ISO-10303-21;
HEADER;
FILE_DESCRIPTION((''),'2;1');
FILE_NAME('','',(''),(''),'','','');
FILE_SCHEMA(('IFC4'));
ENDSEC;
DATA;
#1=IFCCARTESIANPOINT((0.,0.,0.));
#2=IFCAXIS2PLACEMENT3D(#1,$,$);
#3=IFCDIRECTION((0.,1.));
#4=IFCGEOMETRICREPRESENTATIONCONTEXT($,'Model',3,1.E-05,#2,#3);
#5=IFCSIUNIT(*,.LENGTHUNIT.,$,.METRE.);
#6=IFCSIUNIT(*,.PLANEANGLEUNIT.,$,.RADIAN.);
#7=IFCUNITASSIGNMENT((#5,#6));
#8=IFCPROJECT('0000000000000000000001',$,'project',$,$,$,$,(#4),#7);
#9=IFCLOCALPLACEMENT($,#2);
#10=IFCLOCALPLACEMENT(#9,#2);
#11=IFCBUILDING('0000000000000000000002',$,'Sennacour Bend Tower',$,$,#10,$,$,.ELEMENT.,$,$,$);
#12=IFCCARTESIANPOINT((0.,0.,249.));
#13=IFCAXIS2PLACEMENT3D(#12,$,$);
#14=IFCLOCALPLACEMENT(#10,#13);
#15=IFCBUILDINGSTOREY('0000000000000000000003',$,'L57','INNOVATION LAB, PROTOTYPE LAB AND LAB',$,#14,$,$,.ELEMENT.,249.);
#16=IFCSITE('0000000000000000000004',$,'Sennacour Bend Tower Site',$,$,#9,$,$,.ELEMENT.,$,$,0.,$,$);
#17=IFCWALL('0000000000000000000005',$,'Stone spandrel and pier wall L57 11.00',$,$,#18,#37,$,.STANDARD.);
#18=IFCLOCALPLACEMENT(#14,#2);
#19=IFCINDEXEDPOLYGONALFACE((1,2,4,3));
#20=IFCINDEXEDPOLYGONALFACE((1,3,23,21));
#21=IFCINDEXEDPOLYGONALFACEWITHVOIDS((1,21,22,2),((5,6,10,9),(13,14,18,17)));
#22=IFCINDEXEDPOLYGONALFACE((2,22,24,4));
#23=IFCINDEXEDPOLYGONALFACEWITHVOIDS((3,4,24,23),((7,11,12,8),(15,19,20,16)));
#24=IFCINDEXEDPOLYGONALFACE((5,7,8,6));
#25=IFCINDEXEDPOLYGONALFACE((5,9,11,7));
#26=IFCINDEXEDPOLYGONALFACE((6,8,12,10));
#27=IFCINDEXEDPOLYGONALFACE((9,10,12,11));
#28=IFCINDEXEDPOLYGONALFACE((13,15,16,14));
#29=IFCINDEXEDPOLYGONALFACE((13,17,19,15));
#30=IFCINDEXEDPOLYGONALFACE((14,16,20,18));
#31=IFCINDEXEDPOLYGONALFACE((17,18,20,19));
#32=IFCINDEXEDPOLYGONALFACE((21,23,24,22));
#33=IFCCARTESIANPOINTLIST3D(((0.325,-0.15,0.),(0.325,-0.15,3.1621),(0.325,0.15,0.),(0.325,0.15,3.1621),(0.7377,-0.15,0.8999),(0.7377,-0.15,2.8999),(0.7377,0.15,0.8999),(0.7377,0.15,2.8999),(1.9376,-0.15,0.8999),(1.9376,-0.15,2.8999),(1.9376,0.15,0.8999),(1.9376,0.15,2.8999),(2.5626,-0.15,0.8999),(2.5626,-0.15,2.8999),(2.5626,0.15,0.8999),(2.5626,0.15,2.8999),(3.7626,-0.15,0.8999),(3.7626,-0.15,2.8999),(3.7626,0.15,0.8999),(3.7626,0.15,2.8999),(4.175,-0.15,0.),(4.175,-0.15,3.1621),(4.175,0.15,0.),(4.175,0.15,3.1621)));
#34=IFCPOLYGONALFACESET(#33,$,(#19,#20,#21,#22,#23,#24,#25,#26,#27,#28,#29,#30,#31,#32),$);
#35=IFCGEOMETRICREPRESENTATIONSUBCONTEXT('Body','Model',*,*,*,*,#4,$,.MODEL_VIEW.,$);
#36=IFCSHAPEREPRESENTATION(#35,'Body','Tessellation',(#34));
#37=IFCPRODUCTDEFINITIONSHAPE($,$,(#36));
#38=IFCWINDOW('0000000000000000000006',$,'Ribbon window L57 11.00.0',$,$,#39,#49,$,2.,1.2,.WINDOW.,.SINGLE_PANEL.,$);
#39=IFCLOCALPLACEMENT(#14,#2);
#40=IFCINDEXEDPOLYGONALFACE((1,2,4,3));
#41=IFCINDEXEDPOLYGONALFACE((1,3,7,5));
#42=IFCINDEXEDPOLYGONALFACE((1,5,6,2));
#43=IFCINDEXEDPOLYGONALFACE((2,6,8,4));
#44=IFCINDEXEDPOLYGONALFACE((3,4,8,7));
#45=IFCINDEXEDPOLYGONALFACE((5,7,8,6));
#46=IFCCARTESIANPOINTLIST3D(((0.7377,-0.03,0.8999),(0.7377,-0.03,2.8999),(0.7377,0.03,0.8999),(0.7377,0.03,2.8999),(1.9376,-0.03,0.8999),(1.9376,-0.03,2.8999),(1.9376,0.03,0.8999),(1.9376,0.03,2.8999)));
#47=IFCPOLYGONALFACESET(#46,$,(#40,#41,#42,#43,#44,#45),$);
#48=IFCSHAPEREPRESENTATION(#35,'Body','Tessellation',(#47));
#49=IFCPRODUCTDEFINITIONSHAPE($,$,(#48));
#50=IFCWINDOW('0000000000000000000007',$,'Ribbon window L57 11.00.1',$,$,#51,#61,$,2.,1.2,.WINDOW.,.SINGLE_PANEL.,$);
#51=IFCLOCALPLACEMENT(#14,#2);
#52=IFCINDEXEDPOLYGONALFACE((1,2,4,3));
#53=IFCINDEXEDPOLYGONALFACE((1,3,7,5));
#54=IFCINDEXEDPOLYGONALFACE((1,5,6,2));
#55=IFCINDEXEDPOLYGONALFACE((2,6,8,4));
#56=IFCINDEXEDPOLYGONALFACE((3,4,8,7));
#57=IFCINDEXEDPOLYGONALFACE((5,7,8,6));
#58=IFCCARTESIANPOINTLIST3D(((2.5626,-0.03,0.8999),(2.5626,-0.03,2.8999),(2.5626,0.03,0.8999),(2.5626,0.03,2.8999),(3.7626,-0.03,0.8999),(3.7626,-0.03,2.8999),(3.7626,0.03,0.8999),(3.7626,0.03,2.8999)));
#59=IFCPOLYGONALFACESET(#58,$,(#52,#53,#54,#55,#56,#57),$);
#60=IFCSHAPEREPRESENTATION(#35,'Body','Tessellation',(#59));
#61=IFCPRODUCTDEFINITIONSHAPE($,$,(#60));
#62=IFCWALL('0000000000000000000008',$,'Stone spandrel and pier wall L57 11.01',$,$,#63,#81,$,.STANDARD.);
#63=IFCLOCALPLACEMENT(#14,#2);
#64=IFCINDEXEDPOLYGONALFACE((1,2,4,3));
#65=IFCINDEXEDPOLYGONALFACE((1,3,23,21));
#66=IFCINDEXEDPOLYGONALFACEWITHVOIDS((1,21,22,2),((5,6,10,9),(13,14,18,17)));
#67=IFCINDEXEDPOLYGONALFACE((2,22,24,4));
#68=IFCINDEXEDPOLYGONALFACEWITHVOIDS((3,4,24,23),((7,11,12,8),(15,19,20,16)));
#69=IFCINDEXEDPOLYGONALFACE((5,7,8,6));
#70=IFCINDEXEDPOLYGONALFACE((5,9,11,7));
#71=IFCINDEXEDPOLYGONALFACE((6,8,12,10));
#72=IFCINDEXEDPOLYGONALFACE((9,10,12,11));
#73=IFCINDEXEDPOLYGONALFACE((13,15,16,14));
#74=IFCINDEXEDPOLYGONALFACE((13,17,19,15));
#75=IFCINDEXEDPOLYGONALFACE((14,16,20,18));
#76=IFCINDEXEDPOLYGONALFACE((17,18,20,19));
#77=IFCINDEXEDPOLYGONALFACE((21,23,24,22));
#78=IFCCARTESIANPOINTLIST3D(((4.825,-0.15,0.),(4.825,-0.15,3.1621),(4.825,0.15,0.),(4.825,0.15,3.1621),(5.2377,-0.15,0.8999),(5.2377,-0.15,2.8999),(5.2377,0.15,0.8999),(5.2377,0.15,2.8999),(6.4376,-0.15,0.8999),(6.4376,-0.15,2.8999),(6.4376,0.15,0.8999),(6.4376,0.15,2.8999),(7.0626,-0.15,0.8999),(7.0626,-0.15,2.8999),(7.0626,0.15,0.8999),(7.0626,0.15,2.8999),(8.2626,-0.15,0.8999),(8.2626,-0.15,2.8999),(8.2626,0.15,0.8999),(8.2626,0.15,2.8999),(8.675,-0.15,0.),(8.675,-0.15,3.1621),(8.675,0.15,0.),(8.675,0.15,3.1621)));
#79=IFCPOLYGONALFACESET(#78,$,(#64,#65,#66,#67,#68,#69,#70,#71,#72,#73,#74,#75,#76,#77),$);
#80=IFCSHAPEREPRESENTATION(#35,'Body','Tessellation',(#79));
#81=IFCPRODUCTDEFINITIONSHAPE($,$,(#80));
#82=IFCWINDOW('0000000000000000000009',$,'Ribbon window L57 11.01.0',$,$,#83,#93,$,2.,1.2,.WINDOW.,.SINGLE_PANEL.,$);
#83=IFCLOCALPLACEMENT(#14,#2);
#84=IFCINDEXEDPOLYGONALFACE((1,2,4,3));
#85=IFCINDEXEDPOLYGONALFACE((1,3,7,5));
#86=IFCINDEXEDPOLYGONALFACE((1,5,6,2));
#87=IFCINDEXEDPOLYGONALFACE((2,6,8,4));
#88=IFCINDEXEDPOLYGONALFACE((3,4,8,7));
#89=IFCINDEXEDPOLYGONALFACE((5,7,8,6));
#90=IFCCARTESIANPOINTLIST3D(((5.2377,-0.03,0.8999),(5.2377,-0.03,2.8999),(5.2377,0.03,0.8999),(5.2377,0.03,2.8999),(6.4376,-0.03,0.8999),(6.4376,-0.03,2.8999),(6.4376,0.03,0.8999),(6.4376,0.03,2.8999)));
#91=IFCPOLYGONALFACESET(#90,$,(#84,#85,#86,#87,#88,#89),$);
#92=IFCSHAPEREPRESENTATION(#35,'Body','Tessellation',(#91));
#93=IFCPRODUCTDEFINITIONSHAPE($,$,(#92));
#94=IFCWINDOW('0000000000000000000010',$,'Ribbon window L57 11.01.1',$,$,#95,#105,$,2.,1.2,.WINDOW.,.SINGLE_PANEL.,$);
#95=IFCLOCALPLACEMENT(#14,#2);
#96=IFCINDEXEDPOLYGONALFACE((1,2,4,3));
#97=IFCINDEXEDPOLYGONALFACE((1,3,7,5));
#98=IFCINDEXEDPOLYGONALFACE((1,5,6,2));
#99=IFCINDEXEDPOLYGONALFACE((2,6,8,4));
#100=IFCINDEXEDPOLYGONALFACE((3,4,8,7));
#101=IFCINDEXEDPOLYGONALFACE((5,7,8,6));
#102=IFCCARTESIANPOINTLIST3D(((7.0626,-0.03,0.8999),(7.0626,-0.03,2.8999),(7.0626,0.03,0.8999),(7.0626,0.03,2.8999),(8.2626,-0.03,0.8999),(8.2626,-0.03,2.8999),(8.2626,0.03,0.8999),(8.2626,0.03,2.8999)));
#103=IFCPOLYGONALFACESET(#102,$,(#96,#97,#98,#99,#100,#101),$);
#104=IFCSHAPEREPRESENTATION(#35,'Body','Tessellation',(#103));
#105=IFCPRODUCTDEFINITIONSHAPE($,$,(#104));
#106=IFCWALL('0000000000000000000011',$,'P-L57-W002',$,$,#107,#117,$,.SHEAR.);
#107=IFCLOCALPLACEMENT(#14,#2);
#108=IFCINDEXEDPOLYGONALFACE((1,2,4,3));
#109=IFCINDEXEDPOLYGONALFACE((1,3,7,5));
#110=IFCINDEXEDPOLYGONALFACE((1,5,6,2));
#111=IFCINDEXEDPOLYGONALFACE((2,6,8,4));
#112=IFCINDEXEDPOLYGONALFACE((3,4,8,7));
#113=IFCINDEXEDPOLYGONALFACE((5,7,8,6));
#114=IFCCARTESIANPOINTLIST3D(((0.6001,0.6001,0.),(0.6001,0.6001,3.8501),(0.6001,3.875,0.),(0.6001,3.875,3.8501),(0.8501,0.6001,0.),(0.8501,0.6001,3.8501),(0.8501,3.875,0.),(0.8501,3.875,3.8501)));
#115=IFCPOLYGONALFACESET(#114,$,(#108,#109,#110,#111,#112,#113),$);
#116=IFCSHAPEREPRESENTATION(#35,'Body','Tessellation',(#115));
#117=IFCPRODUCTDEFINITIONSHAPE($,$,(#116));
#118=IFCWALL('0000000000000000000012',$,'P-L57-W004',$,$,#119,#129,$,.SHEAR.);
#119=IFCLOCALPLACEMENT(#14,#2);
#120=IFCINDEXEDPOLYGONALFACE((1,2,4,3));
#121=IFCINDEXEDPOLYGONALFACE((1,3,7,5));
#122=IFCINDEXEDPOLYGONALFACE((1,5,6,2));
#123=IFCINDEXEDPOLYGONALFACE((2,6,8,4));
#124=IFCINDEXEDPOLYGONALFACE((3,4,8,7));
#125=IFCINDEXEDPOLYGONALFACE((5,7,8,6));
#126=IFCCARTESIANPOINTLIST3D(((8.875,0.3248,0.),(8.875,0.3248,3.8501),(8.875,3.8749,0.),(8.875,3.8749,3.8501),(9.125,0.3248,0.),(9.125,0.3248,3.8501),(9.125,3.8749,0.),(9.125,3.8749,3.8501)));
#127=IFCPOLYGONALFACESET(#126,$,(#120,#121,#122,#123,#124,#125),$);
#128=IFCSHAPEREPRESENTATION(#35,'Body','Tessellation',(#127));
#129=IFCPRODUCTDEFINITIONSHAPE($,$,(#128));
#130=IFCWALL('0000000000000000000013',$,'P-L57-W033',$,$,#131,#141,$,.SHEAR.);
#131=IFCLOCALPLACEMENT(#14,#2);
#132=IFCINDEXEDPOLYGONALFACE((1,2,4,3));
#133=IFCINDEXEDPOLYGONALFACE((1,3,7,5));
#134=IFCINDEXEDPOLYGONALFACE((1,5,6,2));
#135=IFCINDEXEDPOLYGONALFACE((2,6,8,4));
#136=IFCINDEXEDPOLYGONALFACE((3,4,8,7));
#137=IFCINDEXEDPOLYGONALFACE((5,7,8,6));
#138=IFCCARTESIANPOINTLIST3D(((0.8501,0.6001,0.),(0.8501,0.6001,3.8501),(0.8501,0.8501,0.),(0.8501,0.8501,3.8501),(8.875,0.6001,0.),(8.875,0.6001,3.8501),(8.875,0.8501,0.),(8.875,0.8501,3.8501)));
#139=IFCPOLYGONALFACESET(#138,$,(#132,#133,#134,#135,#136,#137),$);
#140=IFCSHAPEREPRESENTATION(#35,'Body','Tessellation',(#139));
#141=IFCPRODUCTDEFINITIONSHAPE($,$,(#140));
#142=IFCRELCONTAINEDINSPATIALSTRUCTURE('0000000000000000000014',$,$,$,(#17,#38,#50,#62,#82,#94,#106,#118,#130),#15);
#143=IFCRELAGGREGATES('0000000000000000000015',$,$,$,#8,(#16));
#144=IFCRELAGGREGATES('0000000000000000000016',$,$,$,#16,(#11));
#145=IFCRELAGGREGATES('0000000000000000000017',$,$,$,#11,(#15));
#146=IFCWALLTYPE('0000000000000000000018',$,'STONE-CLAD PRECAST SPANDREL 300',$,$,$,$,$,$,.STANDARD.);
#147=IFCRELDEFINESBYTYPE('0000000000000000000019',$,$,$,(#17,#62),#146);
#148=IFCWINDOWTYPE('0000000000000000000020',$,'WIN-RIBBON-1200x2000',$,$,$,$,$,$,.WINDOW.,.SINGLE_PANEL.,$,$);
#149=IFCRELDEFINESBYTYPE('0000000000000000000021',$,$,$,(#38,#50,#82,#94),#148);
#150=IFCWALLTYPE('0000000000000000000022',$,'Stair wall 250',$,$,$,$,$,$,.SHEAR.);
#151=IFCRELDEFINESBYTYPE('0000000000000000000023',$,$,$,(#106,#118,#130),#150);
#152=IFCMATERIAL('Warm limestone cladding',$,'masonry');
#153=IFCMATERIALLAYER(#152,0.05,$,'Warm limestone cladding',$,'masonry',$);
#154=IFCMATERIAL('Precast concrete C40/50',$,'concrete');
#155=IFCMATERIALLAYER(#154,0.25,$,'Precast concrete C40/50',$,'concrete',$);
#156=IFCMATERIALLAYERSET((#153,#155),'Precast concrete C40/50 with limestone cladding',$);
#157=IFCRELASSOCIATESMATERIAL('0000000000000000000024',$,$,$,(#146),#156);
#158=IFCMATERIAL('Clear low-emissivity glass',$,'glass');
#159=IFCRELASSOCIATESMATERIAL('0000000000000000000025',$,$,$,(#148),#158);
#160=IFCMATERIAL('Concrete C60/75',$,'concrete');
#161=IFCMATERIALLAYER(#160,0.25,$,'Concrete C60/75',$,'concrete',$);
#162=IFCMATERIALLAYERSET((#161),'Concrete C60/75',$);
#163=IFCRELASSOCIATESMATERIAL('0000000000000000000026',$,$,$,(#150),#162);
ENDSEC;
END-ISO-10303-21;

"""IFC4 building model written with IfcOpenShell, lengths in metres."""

from ifc_helpers import new_model, si_unit, direction, frame, frame_2d, origin, place, context, subcontext, project, spatial, rectangle, extrude, material, layer, layer_set, type_object, element, fill, save


model = new_model("IFC4")

# Units and contexts
model_context = context("Model", 3, precision=1e-05, world=origin(), true_north=direction((0.0, 1.0)))
body_context = subcontext(model_context, "Body", "Model", "MODEL_VIEW")
ifc_project = project(units=[si_unit("LENGTHUNIT", "METRE"), si_unit("PLANEANGLEUNIT", "RADIAN")], contexts=[model_context])

# Site, building, storey
site_placement = place(None, origin())
site = spatial("IfcSite", under=ifc_project, at=site_placement, Name="Sennacour Bend Tower Site", CompositionType="ELEMENT", RefElevation=0.0)
building_placement = place(site_placement, origin())
building = spatial("IfcBuilding", under=site, at=building_placement, Name="Sennacour Bend Tower", CompositionType="ELEMENT")
storey_placement = place(building_placement, frame((0.0, 0.0, 249.0)))
storey = spatial("IfcBuildingStorey", under=building, at=storey_placement, Name="L57", Description="INNOVATION LAB, PROTOTYPE LAB AND LAB", CompositionType="ELEMENT", Elevation=249.0)

# Walls, openings, windows
ifc_material_1 = material(Name="Warm limestone cladding", Category="masonry")
ifc_layer_1 = layer(ifc_material_1, 0.05, Name="Warm limestone cladding", Category="masonry")
ifc_material_2 = material(Name="Precast concrete C40/50", Category="concrete")
ifc_layer_2 = layer(ifc_material_2, 0.25, Name="Precast concrete C40/50", Category="concrete")
ifc_layer_set_1 = layer_set([ifc_layer_1, ifc_layer_2], Name="Precast concrete C40/50 with limestone cladding")
wall_type_1 = type_object("IfcWallType", Name="STONE-CLAD PRECAST SPANDREL 300", PredefinedType="STANDARD", material=ifc_layer_set_1)
wall_1_placement = place(storey_placement, frame((0.325, 0.0, 0.0), z_axis=(0.0, 0.0, 1.0), x_axis=(1.0, 0.0, 0.0)))
wall_1 = element("IfcWall", 1, at=wall_1_placement, inside=storey, type_object=wall_type_1, Name="Stone spandrel and pier wall L57 11.00", PredefinedType="STANDARD", context=body_context, shape_type="SweptSolid", body=[
    extrude(rectangle(XDim=3.8501, YDim=0.3, at=frame_2d((1.925, 0.0))), origin(), (0.0, 0.0, 1.0), 3.1621),
])
opening_1_placement = place(wall_1_placement, frame((0.4126, 0.0, 0.8999)))
opening_1 = element("IfcOpeningElement", 2, at=opening_1_placement, cuts=wall_1, PredefinedType="OPENING", context=body_context, shape_type="SweptSolid", body=[
    extrude(rectangle(XDim=1.2, YDim=2.0, at=frame_2d((0.6001, 1.0))), frame((0.0, 0.1602, 0.0), z_axis=(0.0, -1.0, 0.0), x_axis=(1.0, 0.0, 0.0)), (0.0, 0.0, 1.0), 0.3201),
])
opening_2_placement = place(wall_1_placement, frame((2.2375, 0.0, 0.8999)))
opening_2 = element("IfcOpeningElement", 3, at=opening_2_placement, cuts=wall_1, PredefinedType="OPENING", context=body_context, shape_type="SweptSolid", body=[
    extrude(rectangle(XDim=1.2, YDim=2.0, at=frame_2d((0.6001, 1.0))), frame((0.0, 0.1602, 0.0), z_axis=(0.0, -1.0, 0.0), x_axis=(1.0, 0.0, 0.0)), (0.0, 0.0, 1.0), 0.3201),
])
ifc_material_3 = material(Name="Clear low-emissivity glass", Category="glass")
window_type = type_object("IfcWindowType", Name="WIN-RIBBON-1200x2000", PartitioningType="SINGLE_PANEL", PredefinedType="WINDOW", material=ifc_material_3)
window_1_placement = place(opening_1_placement, origin())
window_1 = element("IfcWindow", 4, at=window_1_placement, inside=storey, type_object=window_type, Name="Ribbon window L57 11.00.0", OverallHeight=2.0, OverallWidth=1.2, PartitioningType="SINGLE_PANEL", PredefinedType="WINDOW", context=body_context, shape_type="SweptSolid", body=[
    extrude(rectangle(XDim=1.2, YDim=2.0, at=frame_2d((0.6001, 1.0))), frame((0.0, 0.03, 0.0), z_axis=(0.0, -1.0, 0.0), x_axis=(1.0, 0.0, 0.0)), (0.0, 0.0, 1.0), 0.0601),
])
fill(opening_1, window_1)
window_2_placement = place(opening_2_placement, origin())
window_2 = element("IfcWindow", 5, at=window_2_placement, inside=storey, type_object=window_type, Name="Ribbon window L57 11.00.1", OverallHeight=2.0, OverallWidth=1.2, PartitioningType="SINGLE_PANEL", PredefinedType="WINDOW", context=body_context, shape_type="SweptSolid", body=[
    extrude(rectangle(XDim=1.2, YDim=2.0, at=frame_2d((0.6001, 1.0))), frame((0.0, 0.03, 0.0), z_axis=(0.0, -1.0, 0.0), x_axis=(1.0, 0.0, 0.0)), (0.0, 0.0, 1.0), 0.0601),
])
fill(opening_2, window_2)
wall_2_placement = place(storey_placement, frame((4.825, 0.0, 0.0), z_axis=(0.0, 0.0, 1.0), x_axis=(1.0, 0.0, 0.0)))
wall_2 = element("IfcWall", 6, at=wall_2_placement, inside=storey, type_object=wall_type_1, Name="Stone spandrel and pier wall L57 11.01", PredefinedType="STANDARD", context=body_context, shape_type="SweptSolid", body=[
    extrude(rectangle(XDim=3.8501, YDim=0.3, at=frame_2d((1.925, 0.0))), origin(), (0.0, 0.0, 1.0), 3.1621),
])
opening_3_placement = place(wall_2_placement, frame((0.4126, 0.0, 0.8999)))
opening_3 = element("IfcOpeningElement", 7, at=opening_3_placement, cuts=wall_2, PredefinedType="OPENING", context=body_context, shape_type="SweptSolid", body=[
    extrude(rectangle(XDim=1.2, YDim=2.0, at=frame_2d((0.6001, 1.0))), frame((0.0, 0.1602, 0.0), z_axis=(0.0, -1.0, 0.0), x_axis=(1.0, 0.0, 0.0)), (0.0, 0.0, 1.0), 0.3201),
])
opening_4_placement = place(wall_2_placement, frame((2.2375, 0.0, 0.8999)))
opening_4 = element("IfcOpeningElement", 8, at=opening_4_placement, cuts=wall_2, PredefinedType="OPENING", context=body_context, shape_type="SweptSolid", body=[
    extrude(rectangle(XDim=1.2, YDim=2.0, at=frame_2d((0.6001, 1.0))), frame((0.0, 0.1602, 0.0), z_axis=(0.0, -1.0, 0.0), x_axis=(1.0, 0.0, 0.0)), (0.0, 0.0, 1.0), 0.3201),
])
window_3_placement = place(opening_3_placement, origin())
window_3 = element("IfcWindow", 9, at=window_3_placement, inside=storey, type_object=window_type, Name="Ribbon window L57 11.01.0", OverallHeight=2.0, OverallWidth=1.2, PartitioningType="SINGLE_PANEL", PredefinedType="WINDOW", context=body_context, shape_type="SweptSolid", body=[
    extrude(rectangle(XDim=1.2, YDim=2.0, at=frame_2d((0.6001, 1.0))), frame((0.0, 0.03, 0.0), z_axis=(0.0, -1.0, 0.0), x_axis=(1.0, 0.0, 0.0)), (0.0, 0.0, 1.0), 0.0601),
])
fill(opening_3, window_3)
window_4_placement = place(opening_4_placement, origin())
window_4 = element("IfcWindow", 10, at=window_4_placement, inside=storey, type_object=window_type, Name="Ribbon window L57 11.01.1", OverallHeight=2.0, OverallWidth=1.2, PartitioningType="SINGLE_PANEL", PredefinedType="WINDOW", context=body_context, shape_type="SweptSolid", body=[
    extrude(rectangle(XDim=1.2, YDim=2.0, at=frame_2d((0.6001, 1.0))), frame((0.0, 0.03, 0.0), z_axis=(0.0, -1.0, 0.0), x_axis=(1.0, 0.0, 0.0)), (0.0, 0.0, 1.0), 0.0601),
])
fill(opening_4, window_4)

# Walls
ifc_material_4 = material(Name="Concrete C60/75", Category="concrete")
ifc_layer_3 = layer(ifc_material_4, 0.25, Name="Concrete C60/75", Category="concrete")
ifc_layer_set_2 = layer_set([ifc_layer_3], Name="Concrete C60/75")
wall_type_2 = type_object("IfcWallType", Name="Stair wall 250", PredefinedType="SHEAR", material=ifc_layer_set_2)
wall_3_placement = place(storey_placement, frame((0.7251, 0.6001, 0.0), z_axis=(0.0, 0.0, 1.0), x_axis=(0.0, 1.0, 0.0)))
element("IfcWall", 11, at=wall_3_placement, inside=storey, type_object=wall_type_2, Name="P-L57-W002", PredefinedType="SHEAR", context=body_context, shape_type="SweptSolid", body=[
    extrude(rectangle(XDim=3.2749, YDim=0.25, at=frame_2d((1.6375, 0.0))), origin(), (0.0, 0.0, 1.0), 3.8501),
])
wall_4_placement = place(storey_placement, frame((9.0, 0.325, 0.0), z_axis=(0.0, 0.0, 1.0), x_axis=(0.0, 1.0, 0.0)))
element("IfcWall", 12, at=wall_4_placement, inside=storey, type_object=wall_type_2, Name="P-L57-W004", PredefinedType="SHEAR", context=body_context, shape_type="SweptSolid", body=[
    extrude(rectangle(XDim=3.55, YDim=0.25, at=frame_2d((1.7749, 0.0))), origin(), (0.0, 0.0, 1.0), 3.8501),
])
wall_5_placement = place(storey_placement, frame((0.8501, 0.7251, 0.0), z_axis=(0.0, 0.0, 1.0), x_axis=(1.0, 0.0, 0.0)))
element("IfcWall", 13, at=wall_5_placement, inside=storey, type_object=wall_type_2, Name="P-L57-W033", PredefinedType="SHEAR", context=body_context, shape_type="SweptSolid", body=[
    extrude(rectangle(XDim=8.0249, YDim=0.25, at=frame_2d((4.0125, 0.0))), origin(), (0.0, 0.0, 1.0), 3.8501),
])

save(model, "model.ifc")
